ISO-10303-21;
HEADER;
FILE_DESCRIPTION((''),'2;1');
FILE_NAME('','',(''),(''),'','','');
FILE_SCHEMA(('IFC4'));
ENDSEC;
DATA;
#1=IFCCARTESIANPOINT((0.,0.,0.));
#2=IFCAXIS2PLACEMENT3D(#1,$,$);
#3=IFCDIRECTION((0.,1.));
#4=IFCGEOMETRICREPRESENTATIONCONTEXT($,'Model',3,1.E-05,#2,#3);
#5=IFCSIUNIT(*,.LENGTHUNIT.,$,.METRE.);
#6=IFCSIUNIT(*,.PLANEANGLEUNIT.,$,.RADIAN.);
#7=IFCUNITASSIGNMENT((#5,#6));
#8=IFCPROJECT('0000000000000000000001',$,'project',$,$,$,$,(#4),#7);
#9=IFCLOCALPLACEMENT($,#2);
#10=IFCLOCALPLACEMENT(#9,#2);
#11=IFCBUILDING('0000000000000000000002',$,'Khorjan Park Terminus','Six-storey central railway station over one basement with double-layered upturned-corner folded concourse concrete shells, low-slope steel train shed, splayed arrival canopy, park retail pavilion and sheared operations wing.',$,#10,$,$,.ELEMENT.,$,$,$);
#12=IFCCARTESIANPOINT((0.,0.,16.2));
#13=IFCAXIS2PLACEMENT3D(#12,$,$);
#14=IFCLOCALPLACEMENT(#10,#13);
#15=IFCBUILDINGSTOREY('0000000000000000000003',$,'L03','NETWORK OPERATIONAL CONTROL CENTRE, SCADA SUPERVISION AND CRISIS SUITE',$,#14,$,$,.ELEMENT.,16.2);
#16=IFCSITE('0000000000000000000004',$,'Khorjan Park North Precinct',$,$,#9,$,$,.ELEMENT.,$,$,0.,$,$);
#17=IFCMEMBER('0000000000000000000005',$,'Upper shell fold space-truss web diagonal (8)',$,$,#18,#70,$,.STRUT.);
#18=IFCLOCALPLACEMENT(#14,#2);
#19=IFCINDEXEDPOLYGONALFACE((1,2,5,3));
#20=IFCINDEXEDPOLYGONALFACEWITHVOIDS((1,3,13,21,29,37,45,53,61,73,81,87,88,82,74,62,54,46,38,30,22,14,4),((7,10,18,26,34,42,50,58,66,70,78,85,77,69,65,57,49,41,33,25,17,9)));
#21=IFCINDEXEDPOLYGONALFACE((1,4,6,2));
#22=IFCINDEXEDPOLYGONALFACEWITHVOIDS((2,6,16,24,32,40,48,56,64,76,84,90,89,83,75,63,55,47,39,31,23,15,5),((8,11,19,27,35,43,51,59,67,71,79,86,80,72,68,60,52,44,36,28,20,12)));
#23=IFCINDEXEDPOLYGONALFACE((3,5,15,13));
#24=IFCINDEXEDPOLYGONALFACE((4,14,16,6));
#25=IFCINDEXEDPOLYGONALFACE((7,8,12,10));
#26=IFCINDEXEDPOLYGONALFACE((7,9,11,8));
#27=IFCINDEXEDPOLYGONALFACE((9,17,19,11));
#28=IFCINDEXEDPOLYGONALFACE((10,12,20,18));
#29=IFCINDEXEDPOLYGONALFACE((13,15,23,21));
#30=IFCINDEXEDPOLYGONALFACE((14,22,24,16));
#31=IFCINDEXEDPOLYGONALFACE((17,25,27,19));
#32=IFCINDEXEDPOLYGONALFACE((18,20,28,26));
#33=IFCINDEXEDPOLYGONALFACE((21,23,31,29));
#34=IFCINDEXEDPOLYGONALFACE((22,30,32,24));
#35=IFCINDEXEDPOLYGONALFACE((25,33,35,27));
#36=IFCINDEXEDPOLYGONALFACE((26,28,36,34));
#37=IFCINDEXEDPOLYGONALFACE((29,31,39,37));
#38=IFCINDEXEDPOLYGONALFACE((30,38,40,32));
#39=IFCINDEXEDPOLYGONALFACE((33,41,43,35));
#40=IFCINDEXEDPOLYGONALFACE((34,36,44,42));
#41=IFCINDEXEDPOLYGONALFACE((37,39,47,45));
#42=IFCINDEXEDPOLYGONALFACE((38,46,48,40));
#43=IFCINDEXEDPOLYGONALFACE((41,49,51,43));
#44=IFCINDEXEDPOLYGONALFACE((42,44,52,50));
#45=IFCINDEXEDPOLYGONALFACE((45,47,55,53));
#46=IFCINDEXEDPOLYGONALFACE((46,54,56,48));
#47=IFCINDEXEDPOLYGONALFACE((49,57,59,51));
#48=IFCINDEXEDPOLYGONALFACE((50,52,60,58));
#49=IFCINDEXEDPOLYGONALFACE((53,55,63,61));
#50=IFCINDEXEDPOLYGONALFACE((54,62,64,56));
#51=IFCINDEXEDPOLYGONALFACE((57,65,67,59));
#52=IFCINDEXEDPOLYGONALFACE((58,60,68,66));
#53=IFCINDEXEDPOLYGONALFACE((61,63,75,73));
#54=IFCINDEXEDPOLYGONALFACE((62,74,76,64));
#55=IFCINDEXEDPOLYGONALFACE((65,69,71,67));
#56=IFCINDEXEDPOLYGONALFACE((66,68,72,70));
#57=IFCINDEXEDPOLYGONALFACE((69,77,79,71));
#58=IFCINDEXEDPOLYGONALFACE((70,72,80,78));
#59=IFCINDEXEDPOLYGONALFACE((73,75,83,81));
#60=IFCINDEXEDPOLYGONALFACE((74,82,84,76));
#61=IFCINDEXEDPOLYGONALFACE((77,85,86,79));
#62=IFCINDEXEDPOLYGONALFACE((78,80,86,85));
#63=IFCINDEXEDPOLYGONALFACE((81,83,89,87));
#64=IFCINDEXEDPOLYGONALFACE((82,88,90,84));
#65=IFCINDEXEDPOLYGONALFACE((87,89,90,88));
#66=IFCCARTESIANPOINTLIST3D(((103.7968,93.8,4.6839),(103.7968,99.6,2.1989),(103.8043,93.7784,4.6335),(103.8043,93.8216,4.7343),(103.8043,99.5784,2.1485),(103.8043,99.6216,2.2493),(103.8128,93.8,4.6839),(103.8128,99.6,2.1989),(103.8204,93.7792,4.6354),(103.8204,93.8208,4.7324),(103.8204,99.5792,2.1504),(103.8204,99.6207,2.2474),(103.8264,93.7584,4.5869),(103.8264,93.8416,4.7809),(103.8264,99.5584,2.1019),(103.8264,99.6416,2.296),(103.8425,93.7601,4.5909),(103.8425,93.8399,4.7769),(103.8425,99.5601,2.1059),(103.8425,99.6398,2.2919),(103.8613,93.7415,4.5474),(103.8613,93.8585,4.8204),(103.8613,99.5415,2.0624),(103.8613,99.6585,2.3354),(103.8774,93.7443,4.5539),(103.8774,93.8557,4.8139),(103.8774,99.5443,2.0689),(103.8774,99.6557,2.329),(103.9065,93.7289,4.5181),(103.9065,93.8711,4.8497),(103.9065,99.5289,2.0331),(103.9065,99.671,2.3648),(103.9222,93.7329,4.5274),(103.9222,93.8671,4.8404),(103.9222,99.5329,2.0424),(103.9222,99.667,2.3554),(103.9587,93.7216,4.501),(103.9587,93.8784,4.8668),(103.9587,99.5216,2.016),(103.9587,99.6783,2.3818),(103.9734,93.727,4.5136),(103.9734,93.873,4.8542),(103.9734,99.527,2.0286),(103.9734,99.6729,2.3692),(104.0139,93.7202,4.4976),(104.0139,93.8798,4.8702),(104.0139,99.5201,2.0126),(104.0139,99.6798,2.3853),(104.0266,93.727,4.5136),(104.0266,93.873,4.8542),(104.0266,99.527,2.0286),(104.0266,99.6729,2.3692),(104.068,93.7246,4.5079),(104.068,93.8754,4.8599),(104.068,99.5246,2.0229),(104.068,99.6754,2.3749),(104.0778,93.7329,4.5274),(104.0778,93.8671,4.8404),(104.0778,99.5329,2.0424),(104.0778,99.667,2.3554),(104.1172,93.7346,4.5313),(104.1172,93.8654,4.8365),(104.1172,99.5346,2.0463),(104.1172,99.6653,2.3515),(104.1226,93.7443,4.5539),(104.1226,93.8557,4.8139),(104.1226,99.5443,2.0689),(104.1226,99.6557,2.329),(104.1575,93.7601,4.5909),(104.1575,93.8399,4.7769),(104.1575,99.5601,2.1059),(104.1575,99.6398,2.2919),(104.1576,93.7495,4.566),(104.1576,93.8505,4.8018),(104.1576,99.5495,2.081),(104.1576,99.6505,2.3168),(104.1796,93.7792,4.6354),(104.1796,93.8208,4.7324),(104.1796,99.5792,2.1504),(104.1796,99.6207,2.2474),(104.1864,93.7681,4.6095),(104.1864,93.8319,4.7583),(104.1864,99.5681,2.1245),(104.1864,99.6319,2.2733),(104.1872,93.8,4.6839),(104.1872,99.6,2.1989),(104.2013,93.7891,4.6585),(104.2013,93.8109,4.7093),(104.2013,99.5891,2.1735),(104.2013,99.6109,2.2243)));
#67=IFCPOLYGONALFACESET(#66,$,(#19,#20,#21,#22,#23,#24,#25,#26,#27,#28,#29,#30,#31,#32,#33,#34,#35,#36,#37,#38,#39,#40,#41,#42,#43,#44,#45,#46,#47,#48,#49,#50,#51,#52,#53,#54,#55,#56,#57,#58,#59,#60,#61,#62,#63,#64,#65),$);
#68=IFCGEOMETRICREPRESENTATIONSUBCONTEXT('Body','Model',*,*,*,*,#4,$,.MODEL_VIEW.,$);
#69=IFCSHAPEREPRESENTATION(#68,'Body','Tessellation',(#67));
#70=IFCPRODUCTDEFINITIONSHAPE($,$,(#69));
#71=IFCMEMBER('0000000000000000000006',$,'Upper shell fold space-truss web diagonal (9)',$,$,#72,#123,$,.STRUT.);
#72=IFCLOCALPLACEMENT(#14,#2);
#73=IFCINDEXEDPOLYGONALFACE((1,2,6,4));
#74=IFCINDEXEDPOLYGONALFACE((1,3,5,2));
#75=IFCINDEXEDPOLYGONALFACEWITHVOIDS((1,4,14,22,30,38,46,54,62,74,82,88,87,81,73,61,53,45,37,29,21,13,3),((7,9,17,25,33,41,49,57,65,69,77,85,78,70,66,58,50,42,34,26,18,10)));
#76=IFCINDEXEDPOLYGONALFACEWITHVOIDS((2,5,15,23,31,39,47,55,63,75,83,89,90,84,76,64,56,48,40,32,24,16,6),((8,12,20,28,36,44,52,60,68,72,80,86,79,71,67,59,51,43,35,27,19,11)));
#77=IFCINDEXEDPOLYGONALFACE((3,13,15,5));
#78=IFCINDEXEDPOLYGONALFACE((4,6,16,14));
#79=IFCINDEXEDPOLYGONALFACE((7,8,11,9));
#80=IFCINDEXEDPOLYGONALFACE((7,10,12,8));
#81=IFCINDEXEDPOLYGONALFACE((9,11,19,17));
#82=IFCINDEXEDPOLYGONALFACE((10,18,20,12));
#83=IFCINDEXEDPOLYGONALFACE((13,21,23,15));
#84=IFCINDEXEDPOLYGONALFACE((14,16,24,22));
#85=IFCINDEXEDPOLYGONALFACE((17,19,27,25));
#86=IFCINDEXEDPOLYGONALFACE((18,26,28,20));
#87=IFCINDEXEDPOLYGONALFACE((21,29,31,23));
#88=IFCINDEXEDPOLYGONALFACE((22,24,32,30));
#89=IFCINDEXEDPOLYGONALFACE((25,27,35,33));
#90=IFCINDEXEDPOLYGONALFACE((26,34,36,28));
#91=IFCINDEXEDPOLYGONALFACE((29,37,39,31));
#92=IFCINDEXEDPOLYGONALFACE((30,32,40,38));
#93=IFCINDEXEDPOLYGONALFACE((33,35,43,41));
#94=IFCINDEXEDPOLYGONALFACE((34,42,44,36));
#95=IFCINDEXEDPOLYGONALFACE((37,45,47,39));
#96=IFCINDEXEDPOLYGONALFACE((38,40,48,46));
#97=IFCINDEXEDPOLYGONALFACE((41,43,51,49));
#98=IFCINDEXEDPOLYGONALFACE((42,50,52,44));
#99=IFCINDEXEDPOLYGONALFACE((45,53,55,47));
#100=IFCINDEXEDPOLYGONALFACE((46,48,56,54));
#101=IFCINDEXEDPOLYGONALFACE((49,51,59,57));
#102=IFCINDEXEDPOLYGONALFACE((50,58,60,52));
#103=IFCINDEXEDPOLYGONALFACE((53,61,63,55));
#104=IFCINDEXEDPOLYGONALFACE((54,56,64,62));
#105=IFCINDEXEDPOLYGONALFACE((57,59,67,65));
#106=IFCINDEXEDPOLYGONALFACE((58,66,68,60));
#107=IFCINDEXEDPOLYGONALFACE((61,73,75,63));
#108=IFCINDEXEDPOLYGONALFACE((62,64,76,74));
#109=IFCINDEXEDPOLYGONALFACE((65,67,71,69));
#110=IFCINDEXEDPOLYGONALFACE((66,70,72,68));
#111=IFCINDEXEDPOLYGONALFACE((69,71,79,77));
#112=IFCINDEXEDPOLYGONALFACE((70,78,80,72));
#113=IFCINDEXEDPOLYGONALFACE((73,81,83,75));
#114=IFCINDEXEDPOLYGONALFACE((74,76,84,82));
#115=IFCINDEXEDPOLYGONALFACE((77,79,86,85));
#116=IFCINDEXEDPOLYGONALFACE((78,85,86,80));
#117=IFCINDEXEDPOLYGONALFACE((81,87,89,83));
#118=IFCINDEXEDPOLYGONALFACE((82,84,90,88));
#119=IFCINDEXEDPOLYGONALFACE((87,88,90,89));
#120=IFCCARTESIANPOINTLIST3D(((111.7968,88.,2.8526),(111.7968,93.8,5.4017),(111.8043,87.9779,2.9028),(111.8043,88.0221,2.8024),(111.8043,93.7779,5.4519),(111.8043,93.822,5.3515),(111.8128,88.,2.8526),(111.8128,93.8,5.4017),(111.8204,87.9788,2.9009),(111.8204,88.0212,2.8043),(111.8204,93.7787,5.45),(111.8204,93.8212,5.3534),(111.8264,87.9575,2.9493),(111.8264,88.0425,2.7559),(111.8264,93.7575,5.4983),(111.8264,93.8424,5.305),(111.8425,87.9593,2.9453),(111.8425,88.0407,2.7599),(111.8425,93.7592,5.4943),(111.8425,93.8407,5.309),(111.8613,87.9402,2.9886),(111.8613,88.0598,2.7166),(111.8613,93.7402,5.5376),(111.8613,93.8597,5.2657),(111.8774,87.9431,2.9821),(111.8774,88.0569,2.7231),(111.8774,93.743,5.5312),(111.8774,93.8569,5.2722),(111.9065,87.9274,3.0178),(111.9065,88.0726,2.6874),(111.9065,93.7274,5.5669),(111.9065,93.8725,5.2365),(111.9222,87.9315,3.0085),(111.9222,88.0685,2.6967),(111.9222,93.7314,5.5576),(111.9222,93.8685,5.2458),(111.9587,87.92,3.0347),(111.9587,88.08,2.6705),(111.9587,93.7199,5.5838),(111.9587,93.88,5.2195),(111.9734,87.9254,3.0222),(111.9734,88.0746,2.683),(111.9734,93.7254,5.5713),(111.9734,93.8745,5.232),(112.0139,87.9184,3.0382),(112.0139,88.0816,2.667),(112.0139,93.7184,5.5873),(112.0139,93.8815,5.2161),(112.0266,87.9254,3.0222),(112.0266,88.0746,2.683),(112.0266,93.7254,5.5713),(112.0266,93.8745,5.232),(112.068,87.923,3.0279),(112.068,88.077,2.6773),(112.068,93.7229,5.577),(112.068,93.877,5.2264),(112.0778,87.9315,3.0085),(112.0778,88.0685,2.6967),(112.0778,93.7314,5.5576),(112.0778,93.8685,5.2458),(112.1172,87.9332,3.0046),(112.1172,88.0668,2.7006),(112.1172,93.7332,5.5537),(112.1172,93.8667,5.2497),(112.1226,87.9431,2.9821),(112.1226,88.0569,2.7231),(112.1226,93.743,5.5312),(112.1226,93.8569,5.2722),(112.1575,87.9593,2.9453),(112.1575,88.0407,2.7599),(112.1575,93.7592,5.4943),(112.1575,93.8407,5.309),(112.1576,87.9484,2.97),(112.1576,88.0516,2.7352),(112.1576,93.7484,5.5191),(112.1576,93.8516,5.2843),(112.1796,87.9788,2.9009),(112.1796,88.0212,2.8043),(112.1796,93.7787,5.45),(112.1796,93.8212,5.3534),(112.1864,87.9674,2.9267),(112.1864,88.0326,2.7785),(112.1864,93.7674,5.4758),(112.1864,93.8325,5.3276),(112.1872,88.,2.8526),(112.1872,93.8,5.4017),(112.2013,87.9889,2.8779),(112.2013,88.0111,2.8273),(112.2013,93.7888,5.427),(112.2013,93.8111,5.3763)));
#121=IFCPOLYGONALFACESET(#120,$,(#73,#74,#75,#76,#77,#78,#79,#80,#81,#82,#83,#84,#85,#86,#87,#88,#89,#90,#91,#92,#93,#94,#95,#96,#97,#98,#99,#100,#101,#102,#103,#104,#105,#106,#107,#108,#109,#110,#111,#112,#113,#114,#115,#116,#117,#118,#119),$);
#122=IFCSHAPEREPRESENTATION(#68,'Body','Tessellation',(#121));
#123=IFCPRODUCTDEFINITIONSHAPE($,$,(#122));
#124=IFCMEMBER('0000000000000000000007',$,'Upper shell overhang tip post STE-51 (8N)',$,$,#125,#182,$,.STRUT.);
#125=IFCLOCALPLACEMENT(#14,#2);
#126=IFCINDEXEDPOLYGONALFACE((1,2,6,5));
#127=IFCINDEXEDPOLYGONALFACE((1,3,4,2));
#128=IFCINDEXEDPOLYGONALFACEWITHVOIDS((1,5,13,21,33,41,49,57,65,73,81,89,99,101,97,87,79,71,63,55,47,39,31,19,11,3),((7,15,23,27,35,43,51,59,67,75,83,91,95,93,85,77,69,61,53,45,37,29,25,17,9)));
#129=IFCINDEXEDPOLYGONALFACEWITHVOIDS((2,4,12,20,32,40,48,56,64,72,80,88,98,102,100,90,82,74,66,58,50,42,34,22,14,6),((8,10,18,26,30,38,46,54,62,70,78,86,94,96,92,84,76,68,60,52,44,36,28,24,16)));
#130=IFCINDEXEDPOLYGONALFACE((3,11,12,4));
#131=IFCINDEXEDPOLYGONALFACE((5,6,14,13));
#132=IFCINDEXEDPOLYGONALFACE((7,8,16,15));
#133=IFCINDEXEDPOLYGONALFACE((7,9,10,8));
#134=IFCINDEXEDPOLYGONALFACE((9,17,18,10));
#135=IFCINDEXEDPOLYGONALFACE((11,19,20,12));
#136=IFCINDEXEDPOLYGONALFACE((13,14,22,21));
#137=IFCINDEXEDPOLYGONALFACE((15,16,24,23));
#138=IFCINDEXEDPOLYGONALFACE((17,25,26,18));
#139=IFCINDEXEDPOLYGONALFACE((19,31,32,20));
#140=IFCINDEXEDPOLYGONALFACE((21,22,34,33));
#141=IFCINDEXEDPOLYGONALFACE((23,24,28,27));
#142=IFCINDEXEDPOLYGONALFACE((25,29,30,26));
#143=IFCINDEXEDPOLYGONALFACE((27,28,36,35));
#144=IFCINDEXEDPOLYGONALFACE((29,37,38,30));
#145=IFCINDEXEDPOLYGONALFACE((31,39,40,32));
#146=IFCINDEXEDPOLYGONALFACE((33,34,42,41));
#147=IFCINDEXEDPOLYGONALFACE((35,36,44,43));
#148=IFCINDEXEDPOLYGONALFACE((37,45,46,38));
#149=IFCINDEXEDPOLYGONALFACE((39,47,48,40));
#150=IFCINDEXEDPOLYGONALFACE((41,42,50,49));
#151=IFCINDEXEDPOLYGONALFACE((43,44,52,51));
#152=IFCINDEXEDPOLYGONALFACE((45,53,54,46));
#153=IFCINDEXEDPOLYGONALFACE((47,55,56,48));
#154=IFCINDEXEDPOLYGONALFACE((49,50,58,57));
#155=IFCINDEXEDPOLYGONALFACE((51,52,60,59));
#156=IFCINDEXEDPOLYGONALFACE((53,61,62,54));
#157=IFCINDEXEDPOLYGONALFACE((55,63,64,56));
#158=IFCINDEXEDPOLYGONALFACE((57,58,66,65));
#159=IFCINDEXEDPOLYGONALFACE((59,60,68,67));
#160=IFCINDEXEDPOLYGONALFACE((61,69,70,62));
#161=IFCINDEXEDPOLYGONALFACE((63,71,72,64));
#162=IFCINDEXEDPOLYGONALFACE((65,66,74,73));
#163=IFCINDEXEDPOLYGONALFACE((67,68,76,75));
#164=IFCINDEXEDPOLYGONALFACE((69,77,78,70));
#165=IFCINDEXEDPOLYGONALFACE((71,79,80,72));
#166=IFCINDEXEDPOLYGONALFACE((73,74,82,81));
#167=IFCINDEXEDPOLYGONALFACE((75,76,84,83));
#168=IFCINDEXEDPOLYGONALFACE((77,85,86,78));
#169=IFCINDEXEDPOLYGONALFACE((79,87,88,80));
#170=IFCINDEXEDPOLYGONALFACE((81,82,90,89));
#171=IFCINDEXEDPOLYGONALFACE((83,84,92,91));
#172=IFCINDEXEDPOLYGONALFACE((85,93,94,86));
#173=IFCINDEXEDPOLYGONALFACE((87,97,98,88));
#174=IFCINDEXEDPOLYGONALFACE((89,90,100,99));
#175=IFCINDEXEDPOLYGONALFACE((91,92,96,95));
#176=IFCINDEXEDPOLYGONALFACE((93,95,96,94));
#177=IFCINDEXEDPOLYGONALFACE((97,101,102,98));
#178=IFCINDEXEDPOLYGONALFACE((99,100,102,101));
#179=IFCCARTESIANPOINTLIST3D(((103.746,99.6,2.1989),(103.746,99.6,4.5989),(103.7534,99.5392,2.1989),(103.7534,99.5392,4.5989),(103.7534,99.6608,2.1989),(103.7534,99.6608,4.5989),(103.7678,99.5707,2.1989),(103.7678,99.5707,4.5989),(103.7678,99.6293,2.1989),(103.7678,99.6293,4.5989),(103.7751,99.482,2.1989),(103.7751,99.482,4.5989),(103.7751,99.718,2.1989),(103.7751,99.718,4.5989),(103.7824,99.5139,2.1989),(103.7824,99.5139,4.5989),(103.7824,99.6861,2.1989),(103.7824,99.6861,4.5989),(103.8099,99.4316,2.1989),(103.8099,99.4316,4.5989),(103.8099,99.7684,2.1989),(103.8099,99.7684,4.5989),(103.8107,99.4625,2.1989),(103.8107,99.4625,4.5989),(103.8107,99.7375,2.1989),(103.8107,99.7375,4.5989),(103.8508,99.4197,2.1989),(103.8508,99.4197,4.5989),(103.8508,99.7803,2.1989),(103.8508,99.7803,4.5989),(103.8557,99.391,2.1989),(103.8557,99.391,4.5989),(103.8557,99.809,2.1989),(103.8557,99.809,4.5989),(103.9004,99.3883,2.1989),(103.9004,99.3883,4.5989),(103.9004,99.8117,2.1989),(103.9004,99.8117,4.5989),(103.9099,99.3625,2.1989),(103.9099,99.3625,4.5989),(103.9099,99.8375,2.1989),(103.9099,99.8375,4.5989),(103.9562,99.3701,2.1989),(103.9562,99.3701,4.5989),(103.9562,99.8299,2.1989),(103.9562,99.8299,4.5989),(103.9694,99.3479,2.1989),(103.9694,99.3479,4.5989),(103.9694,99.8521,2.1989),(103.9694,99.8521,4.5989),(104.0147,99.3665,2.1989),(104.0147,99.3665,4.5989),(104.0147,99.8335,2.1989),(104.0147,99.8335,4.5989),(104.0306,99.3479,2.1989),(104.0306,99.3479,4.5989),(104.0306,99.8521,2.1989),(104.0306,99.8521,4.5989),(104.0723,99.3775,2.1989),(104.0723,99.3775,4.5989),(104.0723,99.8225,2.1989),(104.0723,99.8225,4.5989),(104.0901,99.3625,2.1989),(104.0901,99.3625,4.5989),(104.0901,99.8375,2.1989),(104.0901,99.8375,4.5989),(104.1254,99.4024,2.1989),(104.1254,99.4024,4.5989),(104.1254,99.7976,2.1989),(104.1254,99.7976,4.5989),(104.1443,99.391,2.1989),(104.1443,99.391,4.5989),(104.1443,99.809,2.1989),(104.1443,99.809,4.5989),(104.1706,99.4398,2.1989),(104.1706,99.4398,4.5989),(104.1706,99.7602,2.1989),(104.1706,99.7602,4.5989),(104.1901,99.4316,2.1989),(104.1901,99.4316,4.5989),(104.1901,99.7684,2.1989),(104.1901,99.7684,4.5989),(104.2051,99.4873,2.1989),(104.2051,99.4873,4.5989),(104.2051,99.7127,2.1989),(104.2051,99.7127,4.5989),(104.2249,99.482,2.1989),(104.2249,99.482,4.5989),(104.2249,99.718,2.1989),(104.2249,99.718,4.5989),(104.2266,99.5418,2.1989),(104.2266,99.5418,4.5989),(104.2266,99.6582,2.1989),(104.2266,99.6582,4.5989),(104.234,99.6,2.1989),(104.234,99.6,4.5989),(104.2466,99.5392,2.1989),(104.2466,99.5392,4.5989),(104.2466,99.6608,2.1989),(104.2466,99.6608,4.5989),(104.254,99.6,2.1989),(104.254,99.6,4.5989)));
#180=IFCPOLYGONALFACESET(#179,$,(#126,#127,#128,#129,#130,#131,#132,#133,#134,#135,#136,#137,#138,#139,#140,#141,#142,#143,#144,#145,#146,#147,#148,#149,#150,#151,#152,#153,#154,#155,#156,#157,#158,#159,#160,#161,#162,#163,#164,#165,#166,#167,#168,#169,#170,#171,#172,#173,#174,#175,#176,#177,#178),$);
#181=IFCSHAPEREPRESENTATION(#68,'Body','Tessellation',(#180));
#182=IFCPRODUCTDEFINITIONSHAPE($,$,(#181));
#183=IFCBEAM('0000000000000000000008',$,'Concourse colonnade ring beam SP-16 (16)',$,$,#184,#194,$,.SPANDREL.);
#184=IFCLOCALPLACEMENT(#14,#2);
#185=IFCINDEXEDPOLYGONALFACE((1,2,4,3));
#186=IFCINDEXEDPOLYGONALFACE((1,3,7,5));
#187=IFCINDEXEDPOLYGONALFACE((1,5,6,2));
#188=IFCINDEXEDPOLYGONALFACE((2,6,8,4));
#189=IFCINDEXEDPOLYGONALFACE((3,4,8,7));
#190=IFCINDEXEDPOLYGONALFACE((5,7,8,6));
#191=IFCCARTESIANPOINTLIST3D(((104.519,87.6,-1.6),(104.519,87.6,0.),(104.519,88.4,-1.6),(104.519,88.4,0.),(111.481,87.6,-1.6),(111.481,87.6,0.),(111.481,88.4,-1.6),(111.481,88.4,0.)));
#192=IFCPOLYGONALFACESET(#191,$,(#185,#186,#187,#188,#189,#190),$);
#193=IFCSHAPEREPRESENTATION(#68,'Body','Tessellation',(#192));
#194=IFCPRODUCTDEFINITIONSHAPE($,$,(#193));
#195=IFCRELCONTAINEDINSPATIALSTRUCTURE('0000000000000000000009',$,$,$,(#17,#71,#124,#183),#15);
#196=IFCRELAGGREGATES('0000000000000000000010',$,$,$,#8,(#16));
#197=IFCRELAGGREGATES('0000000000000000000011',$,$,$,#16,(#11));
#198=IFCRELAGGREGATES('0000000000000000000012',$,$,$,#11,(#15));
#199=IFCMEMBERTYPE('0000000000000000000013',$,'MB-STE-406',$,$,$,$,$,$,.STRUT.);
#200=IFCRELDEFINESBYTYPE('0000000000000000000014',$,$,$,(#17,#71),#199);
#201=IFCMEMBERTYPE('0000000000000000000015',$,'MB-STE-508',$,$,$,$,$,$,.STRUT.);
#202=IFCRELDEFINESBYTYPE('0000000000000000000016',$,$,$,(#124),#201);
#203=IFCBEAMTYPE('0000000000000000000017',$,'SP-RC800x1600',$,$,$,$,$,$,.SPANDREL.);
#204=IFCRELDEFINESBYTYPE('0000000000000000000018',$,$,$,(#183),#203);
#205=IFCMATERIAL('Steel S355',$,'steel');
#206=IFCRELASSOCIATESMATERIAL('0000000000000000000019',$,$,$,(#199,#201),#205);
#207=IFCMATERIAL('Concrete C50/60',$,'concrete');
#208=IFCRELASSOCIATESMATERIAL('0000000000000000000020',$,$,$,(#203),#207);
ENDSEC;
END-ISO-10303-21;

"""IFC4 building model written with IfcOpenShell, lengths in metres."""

from ifc_helpers import new_model, si_unit, direction, frame, origin, origin_2d, place, context, subcontext, project, spatial, rectangle, hollow_circle, extrude, material, material_profile, profile_set, type_object, element, save


model = new_model("IFC4")

# Units and contexts
model_context = context("Model", 3, precision=1e-05, world=origin(), true_north=direction((0.0, 1.0)))
body_context = subcontext(model_context, "Body", "Model", "MODEL_VIEW")
ifc_project = project(units=[si_unit("LENGTHUNIT", "METRE"), si_unit("PLANEANGLEUNIT", "RADIAN")], contexts=[model_context])

# Site, building, storey
site_placement = place(None, origin())
site = spatial("IfcSite", under=ifc_project, at=site_placement, Name="Khorjan Park North Precinct", CompositionType="ELEMENT", RefElevation=0.0)
building_placement = place(site_placement, origin())
building = spatial("IfcBuilding", under=site, at=building_placement, Name="Khorjan Park Terminus", Description="Six-storey central railway station over one basement with double-layered upturned-corner folded concourse concrete shells, low-slope steel train shed, splayed arrival canopy, park retail pavilion and sheared operations wing.", CompositionType="ELEMENT")
storey_placement = place(building_placement, frame((0.0, 0.0, 16.2)))
storey = spatial("IfcBuildingStorey", under=building, at=storey_placement, Name="L03", Description="NETWORK OPERATIONAL CONTROL CENTRE, SCADA SUPERVISION AND CRISIS SUITE", CompositionType="ELEMENT", Elevation=16.2)

# Shared definitions
ifc_material_1 = material(Name="Concrete C50/60", Category="concrete")

# Members
ifc_material_2 = material(Name="Steel S355", Category="steel")
ifc_material_profile_1 = material_profile(ifc_material_2, hollow_circle(Radius=0.2032, WallThickness=0.016, at=origin_2d()), Name="CHS 406.4x16")
ifc_profile_set_1 = profile_set([ifc_material_profile_1], Name="Steel S355")
member_type_1 = type_object("IfcMemberType", Name="MB-STE-406", PredefinedType="STRUT", material=ifc_profile_set_1)
member_1_placement = place(storey_placement, frame((104.0, 93.8, 4.6839), z_axis=(0.0, 0.919186, -0.393824), x_axis=(-1.0, 0.0, 0.0)))
element("IfcMember", 1, at=member_1_placement, inside=storey, type_object=member_type_1, Name="Upper shell fold space-truss web diagonal (8)", PredefinedType="STRUT", context=body_context, shape_type="SweptSolid", body=[
    extrude(hollow_circle(Radius=0.2032, WallThickness=0.016, at=origin_2d()), origin(), (0.0, 0.0, 1.0), 6.3099),
])
member_2_placement = place(storey_placement, frame((112.0, 88.0, 2.8526), z_axis=(0.0, 0.915484, 0.402355), x_axis=(-1.0, 0.0, 0.0)))
element("IfcMember", 2, at=member_2_placement, inside=storey, type_object=member_type_1, Name="Upper shell fold space-truss web diagonal (9)", PredefinedType="STRUT", context=body_context, shape_type="SweptSolid", body=[
    extrude(hollow_circle(Radius=0.2032, WallThickness=0.016, at=origin_2d()), origin(), (0.0, 0.0, 1.0), 6.3354),
])
ifc_material_profile_2 = material_profile(ifc_material_2, hollow_circle(Radius=0.254, WallThickness=0.02, at=origin_2d()), Name="CHS 508x20")
ifc_profile_set_2 = profile_set([ifc_material_profile_2], Name="Steel S355")
member_type_2 = type_object("IfcMemberType", Name="MB-STE-508", PredefinedType="STRUT", material=ifc_profile_set_2)
member_3_placement = place(storey_placement, frame((104.0, 99.6, 2.1989), z_axis=(0.0, 0.0, 1.0), x_axis=(1.0, 0.0, 0.0)))
element("IfcMember", 3, at=member_3_placement, inside=storey, type_object=member_type_2, Name="Upper shell overhang tip post STE-51 (8N)", PredefinedType="STRUT", context=body_context, shape_type="SweptSolid", body=[
    extrude(hollow_circle(Radius=0.254, WallThickness=0.02, at=origin_2d()), origin(), (0.0, 0.0, 1.0), 2.4),
])

# Beam
ifc_material_profile_3 = material_profile(ifc_material_1, rectangle(XDim=0.8, YDim=1.6, at=origin_2d()), Name="RC 800x1600")
ifc_profile_set_3 = profile_set([ifc_material_profile_3], Name="Concrete C50/60")
beam_type_1 = type_object("IfcBeamType", Name="SP-RC800x1600", PredefinedType="SPANDREL", material=ifc_profile_set_3)
beam_1_placement = place(storey_placement, frame((104.519, 88.0, -0.8), z_axis=(1.0, 0.0, 0.0), x_axis=(0.0, 1.0, 0.0)))
element("IfcBeam", 4, at=beam_1_placement, inside=storey, type_object=beam_type_1, Name="Concourse colonnade ring beam SP-16 (16)", PredefinedType="SPANDREL", context=body_context, shape_type="SweptSolid", body=[
    extrude(rectangle(XDim=0.8, YDim=1.6, at=origin_2d()), origin(), (0.0, 0.0, 1.0), 6.962),
])

save(model, "model.ifc")
